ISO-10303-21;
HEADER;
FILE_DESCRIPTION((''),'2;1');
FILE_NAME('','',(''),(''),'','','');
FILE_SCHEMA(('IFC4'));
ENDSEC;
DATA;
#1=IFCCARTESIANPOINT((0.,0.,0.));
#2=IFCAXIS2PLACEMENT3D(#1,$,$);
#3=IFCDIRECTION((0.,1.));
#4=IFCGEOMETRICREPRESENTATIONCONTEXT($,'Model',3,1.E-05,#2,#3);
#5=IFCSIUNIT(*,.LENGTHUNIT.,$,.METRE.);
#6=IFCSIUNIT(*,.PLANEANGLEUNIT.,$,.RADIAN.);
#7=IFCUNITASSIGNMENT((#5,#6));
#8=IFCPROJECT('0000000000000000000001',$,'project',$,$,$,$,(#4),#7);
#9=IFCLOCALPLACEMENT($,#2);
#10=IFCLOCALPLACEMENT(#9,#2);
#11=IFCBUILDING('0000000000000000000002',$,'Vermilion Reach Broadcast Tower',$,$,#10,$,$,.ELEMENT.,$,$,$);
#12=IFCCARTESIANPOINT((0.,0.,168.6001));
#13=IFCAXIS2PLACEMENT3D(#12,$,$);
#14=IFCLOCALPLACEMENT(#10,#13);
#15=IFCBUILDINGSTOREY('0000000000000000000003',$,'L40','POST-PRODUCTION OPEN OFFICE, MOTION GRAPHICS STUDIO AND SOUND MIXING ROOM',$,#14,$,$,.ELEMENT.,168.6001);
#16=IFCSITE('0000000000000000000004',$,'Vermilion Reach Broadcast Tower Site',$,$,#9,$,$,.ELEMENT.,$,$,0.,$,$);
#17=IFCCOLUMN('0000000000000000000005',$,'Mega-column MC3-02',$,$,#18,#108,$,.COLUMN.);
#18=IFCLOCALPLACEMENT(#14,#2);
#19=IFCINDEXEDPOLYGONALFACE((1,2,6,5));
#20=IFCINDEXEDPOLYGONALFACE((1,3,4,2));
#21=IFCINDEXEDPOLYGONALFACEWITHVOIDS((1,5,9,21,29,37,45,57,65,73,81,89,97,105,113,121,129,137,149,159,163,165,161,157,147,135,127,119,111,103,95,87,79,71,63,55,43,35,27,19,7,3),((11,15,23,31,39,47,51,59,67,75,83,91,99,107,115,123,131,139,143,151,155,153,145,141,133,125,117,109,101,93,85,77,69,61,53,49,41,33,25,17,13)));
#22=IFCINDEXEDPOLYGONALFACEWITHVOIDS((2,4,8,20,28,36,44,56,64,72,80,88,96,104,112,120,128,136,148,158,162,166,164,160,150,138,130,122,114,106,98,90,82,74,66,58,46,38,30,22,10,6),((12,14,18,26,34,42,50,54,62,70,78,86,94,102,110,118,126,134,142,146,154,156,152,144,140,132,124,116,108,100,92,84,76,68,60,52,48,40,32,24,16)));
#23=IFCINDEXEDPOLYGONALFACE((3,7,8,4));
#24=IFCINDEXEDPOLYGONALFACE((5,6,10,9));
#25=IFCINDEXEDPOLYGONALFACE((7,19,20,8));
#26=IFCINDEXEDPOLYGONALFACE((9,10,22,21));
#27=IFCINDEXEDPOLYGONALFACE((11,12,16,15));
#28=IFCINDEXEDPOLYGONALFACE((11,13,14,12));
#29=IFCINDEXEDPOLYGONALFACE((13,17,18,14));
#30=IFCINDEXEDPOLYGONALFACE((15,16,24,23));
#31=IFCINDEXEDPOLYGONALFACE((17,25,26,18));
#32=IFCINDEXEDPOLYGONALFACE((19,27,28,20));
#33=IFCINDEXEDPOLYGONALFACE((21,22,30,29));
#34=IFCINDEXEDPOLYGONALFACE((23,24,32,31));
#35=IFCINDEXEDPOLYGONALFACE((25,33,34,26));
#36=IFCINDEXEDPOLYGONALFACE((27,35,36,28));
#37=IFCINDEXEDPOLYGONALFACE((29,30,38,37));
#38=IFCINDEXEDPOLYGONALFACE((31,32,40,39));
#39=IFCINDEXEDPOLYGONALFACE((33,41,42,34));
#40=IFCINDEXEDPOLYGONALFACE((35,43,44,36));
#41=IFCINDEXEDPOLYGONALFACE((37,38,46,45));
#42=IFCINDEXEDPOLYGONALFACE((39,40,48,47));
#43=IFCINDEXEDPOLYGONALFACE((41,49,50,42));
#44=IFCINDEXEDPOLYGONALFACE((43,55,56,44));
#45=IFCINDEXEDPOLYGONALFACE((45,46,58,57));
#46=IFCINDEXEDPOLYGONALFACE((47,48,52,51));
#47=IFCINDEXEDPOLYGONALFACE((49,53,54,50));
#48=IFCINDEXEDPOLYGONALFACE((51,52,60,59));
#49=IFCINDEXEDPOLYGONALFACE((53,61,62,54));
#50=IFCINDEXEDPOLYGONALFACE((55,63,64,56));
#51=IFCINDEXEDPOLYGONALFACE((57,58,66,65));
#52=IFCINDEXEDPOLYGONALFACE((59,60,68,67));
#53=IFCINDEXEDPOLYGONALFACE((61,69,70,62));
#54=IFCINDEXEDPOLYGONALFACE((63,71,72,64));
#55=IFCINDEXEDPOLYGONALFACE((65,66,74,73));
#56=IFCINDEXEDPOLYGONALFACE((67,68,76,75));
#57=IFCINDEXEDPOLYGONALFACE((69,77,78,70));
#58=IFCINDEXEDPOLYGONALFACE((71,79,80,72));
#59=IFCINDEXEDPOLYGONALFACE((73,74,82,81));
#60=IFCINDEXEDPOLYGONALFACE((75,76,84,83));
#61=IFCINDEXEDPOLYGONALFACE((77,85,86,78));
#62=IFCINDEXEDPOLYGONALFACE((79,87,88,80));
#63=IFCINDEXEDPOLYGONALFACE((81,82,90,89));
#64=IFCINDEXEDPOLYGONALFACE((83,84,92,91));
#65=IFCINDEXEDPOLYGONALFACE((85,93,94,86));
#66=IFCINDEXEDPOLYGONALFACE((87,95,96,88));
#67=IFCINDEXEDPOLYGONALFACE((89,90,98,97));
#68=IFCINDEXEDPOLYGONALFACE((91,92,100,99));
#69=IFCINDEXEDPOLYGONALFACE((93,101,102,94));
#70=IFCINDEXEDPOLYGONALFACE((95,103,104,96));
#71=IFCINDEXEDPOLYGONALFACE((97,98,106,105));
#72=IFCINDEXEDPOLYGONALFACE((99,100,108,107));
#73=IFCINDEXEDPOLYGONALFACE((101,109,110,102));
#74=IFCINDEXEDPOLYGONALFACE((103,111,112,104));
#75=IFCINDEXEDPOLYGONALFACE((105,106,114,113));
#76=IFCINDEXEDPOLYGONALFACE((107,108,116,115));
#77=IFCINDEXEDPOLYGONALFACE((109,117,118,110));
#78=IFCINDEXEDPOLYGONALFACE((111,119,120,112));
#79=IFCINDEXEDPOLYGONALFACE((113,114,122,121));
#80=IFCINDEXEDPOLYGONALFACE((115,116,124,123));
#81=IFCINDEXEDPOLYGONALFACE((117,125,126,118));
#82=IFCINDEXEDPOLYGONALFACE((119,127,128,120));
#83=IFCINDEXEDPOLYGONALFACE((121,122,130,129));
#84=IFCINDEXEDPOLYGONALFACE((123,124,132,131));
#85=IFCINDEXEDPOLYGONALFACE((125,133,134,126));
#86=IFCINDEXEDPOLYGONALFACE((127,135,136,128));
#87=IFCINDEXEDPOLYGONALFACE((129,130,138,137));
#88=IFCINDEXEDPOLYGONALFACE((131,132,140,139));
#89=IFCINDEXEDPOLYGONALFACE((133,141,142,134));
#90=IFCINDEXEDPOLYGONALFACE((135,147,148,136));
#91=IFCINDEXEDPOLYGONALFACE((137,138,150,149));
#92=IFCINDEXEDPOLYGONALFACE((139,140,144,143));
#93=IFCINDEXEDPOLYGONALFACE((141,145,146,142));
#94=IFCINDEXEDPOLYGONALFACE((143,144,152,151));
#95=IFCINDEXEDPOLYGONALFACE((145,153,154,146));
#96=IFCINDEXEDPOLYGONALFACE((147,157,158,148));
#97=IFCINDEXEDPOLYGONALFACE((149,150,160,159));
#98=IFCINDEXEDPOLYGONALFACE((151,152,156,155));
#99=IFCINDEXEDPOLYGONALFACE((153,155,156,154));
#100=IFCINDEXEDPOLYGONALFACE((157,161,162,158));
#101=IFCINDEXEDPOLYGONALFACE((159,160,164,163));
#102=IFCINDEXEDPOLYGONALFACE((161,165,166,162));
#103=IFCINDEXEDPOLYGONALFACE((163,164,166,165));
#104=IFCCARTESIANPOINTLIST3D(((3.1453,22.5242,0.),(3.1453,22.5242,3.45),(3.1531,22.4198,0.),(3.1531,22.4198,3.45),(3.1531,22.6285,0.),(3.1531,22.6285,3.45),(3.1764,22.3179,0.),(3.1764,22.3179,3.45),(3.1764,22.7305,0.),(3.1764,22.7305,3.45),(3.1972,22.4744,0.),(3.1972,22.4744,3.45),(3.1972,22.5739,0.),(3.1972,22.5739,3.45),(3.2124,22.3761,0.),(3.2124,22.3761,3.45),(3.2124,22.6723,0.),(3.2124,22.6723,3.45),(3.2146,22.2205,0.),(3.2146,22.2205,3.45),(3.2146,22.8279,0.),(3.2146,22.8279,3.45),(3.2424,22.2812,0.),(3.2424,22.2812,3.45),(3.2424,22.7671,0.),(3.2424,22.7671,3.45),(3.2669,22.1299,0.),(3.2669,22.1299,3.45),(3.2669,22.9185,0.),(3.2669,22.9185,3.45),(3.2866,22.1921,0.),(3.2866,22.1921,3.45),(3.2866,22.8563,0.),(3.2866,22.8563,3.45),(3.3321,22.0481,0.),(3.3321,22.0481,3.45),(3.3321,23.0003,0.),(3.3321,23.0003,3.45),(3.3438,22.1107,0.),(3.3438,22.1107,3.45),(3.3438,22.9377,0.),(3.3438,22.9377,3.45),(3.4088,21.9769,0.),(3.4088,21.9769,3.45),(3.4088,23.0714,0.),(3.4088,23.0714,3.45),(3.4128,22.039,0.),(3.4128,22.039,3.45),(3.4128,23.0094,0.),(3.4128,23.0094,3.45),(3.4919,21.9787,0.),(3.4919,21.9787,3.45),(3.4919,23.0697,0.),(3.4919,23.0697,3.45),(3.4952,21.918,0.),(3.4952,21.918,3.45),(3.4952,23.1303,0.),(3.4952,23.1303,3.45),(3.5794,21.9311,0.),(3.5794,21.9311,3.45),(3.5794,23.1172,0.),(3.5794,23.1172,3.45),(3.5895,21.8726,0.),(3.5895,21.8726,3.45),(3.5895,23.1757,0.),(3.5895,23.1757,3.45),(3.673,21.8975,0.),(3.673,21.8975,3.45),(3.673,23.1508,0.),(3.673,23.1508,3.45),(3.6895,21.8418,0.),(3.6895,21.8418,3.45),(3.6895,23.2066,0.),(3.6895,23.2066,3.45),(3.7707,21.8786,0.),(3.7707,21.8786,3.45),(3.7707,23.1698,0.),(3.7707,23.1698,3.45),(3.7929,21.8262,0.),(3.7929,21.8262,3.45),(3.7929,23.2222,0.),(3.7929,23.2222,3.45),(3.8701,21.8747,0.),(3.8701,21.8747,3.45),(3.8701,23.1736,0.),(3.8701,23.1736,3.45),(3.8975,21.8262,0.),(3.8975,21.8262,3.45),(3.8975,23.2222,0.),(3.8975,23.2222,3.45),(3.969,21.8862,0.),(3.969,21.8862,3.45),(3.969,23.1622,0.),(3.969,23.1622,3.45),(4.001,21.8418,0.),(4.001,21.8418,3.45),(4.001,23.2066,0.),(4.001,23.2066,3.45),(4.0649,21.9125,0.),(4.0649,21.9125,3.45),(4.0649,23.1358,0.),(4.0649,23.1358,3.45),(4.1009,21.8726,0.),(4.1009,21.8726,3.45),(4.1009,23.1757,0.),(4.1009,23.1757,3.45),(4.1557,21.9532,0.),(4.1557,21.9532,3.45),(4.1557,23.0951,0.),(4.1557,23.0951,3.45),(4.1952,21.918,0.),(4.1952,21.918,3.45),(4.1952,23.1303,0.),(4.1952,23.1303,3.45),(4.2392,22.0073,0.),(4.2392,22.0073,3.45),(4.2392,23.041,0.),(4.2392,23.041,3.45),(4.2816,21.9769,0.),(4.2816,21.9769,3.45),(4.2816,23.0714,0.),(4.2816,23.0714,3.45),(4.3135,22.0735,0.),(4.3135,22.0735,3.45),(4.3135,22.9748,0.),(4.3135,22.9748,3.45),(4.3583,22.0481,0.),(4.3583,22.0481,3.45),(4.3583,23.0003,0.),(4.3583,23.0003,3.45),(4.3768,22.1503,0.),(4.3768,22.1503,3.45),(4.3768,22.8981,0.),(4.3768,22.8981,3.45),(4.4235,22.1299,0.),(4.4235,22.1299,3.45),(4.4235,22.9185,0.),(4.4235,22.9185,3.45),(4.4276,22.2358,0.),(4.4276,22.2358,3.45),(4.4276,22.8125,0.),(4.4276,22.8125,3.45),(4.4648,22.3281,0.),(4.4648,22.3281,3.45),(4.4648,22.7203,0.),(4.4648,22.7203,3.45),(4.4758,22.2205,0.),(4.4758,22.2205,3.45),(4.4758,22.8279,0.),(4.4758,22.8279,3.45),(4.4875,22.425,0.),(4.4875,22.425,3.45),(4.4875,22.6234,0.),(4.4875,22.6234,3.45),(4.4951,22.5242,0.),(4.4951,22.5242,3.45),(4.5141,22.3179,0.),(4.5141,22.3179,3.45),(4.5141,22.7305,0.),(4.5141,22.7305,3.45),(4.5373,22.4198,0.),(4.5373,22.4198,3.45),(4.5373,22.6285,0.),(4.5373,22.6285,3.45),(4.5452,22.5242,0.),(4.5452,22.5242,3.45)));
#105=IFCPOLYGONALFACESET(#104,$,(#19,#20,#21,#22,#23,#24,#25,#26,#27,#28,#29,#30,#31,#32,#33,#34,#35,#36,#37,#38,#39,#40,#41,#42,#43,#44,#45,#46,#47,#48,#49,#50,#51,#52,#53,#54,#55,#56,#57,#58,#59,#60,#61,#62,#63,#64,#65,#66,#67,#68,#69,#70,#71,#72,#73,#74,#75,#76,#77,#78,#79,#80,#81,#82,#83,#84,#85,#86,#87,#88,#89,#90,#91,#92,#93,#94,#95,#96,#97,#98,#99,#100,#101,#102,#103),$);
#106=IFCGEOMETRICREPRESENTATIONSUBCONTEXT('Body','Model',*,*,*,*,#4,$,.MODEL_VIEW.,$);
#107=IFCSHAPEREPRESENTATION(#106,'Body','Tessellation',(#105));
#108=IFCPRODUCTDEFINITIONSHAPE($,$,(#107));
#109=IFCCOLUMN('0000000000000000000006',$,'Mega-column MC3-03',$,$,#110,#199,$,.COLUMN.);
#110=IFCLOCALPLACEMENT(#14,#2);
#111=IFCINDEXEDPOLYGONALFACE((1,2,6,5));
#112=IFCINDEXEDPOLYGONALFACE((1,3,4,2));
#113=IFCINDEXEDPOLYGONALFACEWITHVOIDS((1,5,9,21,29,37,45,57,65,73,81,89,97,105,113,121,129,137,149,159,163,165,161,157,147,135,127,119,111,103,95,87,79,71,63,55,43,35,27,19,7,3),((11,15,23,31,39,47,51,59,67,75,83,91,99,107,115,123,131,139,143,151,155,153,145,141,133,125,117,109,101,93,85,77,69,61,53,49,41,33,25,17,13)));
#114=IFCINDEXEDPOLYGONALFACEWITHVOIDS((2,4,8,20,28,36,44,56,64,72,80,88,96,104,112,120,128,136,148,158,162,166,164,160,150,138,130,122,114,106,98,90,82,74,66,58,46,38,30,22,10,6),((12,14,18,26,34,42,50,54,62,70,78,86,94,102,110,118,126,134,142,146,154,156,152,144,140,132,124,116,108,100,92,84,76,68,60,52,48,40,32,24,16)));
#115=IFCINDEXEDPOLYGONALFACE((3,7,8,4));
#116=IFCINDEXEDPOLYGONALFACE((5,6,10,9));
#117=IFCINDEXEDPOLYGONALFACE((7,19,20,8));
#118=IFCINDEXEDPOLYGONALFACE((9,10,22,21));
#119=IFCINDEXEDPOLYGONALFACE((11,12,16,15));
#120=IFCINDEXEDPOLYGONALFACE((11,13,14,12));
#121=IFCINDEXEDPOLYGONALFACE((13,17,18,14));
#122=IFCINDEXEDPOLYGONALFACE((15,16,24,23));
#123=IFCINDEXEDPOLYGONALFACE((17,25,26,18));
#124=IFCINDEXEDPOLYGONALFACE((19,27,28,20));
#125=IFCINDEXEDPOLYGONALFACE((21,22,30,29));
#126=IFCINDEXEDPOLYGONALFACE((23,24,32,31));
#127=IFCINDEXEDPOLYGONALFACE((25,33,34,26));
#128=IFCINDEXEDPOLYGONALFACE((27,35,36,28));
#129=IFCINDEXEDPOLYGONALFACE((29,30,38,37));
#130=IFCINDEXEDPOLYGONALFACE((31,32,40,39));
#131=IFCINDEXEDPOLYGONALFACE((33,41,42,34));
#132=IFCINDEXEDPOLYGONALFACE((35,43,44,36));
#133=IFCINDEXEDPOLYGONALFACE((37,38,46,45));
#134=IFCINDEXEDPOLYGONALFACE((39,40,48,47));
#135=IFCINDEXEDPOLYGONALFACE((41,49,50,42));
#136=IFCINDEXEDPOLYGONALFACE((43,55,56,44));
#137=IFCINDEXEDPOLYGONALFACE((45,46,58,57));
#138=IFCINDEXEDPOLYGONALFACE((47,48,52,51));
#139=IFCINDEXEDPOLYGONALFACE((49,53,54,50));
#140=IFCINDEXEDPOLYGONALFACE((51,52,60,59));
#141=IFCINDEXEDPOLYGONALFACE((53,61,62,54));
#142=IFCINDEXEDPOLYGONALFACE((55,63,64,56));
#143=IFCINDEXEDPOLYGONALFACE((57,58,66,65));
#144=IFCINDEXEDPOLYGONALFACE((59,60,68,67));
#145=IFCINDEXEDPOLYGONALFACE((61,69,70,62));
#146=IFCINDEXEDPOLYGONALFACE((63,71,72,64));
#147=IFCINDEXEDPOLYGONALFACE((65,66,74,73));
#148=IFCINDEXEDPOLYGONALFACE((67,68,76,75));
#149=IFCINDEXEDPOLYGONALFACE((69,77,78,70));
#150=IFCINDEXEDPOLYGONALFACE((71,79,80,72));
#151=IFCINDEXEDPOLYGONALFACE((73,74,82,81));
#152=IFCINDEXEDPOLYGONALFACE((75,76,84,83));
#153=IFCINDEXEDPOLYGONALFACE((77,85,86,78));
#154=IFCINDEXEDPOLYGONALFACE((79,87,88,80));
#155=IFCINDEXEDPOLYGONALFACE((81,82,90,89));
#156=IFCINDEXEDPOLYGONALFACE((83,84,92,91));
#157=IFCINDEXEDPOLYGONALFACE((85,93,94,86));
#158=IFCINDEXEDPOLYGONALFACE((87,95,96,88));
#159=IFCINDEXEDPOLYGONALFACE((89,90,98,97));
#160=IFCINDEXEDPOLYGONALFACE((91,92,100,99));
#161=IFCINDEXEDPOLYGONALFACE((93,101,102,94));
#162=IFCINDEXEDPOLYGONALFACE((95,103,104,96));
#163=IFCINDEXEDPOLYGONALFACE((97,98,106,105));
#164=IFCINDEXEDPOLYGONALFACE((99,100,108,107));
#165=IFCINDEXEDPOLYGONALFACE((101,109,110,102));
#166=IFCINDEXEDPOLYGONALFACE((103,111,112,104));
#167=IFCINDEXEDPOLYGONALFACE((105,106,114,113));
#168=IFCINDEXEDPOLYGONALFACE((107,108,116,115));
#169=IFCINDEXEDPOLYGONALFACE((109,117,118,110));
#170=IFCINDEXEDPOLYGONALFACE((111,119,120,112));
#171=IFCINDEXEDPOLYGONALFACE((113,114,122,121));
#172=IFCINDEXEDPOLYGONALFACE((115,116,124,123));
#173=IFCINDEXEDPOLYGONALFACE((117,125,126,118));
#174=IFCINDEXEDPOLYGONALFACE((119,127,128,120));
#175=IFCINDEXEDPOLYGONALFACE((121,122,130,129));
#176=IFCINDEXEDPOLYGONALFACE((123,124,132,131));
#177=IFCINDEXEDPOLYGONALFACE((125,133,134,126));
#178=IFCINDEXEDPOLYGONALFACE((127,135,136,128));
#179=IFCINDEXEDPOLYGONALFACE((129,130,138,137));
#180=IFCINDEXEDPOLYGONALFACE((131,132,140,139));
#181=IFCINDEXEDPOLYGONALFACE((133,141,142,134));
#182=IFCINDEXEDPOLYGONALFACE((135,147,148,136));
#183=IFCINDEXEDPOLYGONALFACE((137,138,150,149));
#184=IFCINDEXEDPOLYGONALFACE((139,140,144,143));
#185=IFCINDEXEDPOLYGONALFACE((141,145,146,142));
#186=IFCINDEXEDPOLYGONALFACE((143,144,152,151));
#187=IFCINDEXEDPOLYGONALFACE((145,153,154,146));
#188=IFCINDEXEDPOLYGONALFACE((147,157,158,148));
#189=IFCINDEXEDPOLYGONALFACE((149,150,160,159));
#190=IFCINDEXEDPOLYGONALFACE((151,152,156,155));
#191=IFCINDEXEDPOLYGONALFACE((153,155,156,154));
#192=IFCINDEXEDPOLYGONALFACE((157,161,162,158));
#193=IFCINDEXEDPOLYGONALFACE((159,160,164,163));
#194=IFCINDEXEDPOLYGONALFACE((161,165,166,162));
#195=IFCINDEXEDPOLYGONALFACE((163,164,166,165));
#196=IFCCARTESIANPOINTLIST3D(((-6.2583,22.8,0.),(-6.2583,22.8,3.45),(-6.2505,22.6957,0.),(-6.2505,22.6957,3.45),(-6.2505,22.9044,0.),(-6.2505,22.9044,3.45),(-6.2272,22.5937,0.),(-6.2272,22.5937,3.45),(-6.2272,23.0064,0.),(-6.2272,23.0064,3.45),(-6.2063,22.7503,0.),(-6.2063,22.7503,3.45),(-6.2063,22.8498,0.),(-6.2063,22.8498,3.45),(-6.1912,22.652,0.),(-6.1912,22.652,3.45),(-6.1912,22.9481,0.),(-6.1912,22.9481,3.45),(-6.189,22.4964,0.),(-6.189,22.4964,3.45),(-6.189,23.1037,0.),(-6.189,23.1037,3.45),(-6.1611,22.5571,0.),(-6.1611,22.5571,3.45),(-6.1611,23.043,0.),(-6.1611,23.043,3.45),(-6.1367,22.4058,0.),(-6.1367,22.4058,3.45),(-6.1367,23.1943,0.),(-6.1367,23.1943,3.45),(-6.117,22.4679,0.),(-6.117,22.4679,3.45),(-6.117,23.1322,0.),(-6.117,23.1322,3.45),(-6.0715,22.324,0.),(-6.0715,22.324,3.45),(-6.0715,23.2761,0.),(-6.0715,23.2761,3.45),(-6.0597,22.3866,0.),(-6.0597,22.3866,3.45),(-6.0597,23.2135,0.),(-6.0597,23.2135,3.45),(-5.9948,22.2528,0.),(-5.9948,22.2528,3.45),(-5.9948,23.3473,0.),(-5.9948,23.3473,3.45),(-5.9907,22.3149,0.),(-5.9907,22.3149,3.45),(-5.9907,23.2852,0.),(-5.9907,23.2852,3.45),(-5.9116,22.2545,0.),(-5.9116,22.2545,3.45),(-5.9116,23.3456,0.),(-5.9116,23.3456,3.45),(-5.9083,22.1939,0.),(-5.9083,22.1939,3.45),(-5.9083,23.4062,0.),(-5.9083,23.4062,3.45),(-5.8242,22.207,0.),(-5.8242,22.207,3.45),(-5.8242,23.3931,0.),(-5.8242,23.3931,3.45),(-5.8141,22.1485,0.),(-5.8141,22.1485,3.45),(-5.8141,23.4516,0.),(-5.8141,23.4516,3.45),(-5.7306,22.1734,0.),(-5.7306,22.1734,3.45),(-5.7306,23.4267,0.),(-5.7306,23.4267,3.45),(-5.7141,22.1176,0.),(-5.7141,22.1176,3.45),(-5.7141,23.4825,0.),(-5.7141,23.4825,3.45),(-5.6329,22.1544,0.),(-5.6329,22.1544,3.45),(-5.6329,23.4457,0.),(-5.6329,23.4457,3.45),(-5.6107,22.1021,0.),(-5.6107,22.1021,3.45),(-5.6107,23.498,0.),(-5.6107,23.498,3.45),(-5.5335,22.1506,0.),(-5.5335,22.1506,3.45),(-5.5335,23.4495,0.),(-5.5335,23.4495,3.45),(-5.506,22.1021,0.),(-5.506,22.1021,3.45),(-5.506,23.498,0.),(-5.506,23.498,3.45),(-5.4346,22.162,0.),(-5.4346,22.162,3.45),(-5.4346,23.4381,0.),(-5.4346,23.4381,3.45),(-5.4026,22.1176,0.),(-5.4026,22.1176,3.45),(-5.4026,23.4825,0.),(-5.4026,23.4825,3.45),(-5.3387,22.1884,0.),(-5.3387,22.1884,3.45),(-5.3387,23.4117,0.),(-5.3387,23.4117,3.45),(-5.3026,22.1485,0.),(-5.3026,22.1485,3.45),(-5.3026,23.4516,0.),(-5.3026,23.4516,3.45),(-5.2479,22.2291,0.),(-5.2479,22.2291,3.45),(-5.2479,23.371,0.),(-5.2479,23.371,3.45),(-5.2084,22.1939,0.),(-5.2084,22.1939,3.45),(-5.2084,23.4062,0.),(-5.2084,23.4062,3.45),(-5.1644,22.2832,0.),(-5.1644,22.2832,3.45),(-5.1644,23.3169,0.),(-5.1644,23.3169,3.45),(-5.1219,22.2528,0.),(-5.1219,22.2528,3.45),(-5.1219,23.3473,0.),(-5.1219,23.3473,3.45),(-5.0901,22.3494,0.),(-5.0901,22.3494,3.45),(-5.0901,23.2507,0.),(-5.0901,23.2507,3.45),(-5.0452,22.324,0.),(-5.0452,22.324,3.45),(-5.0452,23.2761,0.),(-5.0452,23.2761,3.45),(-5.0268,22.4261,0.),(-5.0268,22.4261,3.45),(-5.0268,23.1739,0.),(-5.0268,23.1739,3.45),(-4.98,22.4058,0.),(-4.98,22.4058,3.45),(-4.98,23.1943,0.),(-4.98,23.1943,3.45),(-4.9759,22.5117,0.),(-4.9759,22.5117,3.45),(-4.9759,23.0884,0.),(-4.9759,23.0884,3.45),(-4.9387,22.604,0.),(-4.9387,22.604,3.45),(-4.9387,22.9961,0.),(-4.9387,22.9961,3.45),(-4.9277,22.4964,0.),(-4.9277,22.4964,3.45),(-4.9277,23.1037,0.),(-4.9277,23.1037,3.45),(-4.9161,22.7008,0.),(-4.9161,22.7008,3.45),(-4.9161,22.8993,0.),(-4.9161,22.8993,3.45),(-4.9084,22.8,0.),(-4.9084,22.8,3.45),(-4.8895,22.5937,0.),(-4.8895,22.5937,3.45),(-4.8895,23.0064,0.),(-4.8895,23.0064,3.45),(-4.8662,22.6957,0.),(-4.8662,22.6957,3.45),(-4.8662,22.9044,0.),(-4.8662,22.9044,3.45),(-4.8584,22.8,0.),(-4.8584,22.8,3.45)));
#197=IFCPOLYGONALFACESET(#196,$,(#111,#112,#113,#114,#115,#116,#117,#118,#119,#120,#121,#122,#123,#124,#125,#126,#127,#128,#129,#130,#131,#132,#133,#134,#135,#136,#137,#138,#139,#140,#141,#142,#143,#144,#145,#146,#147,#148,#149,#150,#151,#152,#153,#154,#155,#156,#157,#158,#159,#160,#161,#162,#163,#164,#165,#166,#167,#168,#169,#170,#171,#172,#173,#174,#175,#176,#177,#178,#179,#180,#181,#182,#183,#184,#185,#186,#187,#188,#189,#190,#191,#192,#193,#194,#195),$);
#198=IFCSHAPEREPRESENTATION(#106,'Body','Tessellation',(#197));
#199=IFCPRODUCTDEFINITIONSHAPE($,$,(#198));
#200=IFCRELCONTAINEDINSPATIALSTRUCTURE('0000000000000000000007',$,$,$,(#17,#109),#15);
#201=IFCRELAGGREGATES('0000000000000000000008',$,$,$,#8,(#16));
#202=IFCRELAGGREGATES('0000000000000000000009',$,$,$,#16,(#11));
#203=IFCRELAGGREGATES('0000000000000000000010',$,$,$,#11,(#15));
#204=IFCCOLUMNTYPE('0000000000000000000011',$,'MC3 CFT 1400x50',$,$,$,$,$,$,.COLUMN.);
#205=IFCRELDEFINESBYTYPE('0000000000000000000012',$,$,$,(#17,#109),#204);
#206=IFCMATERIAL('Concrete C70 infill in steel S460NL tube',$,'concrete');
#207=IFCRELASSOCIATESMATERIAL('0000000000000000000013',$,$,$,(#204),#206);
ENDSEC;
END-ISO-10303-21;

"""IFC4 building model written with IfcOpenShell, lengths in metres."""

from ifc_helpers import new_model, si_unit, direction, frame, origin, origin_2d, place, context, subcontext, project, spatial, hollow_circle, extrude, material, material_profile, profile_set, type_object, element, save


model = new_model("IFC4")

# Units and contexts
model_context = context("Model", 3, precision=1e-05, world=origin(), true_north=direction((0.0, 1.0)))
body_context = subcontext(model_context, "Body", "Model", "MODEL_VIEW")
ifc_project = project(units=[si_unit("LENGTHUNIT", "METRE"), si_unit("PLANEANGLEUNIT", "RADIAN")], contexts=[model_context])

# Site, building, storey
site_placement = place(None, origin())
site = spatial("IfcSite", under=ifc_project, at=site_placement, Name="Vermilion Reach Broadcast Tower Site", CompositionType="ELEMENT", RefElevation=0.0)
building_placement = place(site_placement, origin())
building = spatial("IfcBuilding", under=site, at=building_placement, Name="Vermilion Reach Broadcast Tower", CompositionType="ELEMENT")
storey_placement = place(building_placement, frame((0.0, 0.0, 168.6001)))
storey = spatial("IfcBuildingStorey", under=building, at=storey_placement, Name="L40", Description="POST-PRODUCTION OPEN OFFICE, MOTION GRAPHICS STUDIO AND SOUND MIXING ROOM", CompositionType="ELEMENT", Elevation=168.6001)

# Columns
ifc_material_1 = material(Name="Concrete C70 infill in steel S460NL tube", Category="concrete")
ifc_material_profile_1 = material_profile(ifc_material_1, hollow_circle(Radius=0.7, WallThickness=0.05, at=origin_2d()), Name="Concrete C70 infill in steel S460NL tube CFT 1400x50")
ifc_profile_set_1 = profile_set([ifc_material_profile_1], Name="Concrete C70 infill in steel S460NL tube")
column_type = type_object("IfcColumnType", Name="MC3 CFT 1400x50", PredefinedType="COLUMN", material=ifc_profile_set_1)
for number, where, z_axis, x_axis, name in (
    (1, (3.8452, 22.5242, 0.0), (0.0, 0.0, 1.0), (1.0, 0.0, 0.0), "Mega-column MC3-02"),
    (2, (-5.5583, 22.8, 0.0), (0.0, 0.0, 1.0), (1.0, 0.0, 0.0), "Mega-column MC3-03"),
):
    element("IfcColumn", number, at=place(storey_placement, frame(where, z_axis=z_axis, x_axis=x_axis)), inside=storey, type_object=column_type, Name=name, PredefinedType="COLUMN", context=body_context, shape_type="SweptSolid", body=[
        extrude(hollow_circle(Radius=0.7, WallThickness=0.05, at=origin_2d()), origin(), (0.0, 0.0, 1.0), 3.45),
    ])

save(model, "model.ifc")
